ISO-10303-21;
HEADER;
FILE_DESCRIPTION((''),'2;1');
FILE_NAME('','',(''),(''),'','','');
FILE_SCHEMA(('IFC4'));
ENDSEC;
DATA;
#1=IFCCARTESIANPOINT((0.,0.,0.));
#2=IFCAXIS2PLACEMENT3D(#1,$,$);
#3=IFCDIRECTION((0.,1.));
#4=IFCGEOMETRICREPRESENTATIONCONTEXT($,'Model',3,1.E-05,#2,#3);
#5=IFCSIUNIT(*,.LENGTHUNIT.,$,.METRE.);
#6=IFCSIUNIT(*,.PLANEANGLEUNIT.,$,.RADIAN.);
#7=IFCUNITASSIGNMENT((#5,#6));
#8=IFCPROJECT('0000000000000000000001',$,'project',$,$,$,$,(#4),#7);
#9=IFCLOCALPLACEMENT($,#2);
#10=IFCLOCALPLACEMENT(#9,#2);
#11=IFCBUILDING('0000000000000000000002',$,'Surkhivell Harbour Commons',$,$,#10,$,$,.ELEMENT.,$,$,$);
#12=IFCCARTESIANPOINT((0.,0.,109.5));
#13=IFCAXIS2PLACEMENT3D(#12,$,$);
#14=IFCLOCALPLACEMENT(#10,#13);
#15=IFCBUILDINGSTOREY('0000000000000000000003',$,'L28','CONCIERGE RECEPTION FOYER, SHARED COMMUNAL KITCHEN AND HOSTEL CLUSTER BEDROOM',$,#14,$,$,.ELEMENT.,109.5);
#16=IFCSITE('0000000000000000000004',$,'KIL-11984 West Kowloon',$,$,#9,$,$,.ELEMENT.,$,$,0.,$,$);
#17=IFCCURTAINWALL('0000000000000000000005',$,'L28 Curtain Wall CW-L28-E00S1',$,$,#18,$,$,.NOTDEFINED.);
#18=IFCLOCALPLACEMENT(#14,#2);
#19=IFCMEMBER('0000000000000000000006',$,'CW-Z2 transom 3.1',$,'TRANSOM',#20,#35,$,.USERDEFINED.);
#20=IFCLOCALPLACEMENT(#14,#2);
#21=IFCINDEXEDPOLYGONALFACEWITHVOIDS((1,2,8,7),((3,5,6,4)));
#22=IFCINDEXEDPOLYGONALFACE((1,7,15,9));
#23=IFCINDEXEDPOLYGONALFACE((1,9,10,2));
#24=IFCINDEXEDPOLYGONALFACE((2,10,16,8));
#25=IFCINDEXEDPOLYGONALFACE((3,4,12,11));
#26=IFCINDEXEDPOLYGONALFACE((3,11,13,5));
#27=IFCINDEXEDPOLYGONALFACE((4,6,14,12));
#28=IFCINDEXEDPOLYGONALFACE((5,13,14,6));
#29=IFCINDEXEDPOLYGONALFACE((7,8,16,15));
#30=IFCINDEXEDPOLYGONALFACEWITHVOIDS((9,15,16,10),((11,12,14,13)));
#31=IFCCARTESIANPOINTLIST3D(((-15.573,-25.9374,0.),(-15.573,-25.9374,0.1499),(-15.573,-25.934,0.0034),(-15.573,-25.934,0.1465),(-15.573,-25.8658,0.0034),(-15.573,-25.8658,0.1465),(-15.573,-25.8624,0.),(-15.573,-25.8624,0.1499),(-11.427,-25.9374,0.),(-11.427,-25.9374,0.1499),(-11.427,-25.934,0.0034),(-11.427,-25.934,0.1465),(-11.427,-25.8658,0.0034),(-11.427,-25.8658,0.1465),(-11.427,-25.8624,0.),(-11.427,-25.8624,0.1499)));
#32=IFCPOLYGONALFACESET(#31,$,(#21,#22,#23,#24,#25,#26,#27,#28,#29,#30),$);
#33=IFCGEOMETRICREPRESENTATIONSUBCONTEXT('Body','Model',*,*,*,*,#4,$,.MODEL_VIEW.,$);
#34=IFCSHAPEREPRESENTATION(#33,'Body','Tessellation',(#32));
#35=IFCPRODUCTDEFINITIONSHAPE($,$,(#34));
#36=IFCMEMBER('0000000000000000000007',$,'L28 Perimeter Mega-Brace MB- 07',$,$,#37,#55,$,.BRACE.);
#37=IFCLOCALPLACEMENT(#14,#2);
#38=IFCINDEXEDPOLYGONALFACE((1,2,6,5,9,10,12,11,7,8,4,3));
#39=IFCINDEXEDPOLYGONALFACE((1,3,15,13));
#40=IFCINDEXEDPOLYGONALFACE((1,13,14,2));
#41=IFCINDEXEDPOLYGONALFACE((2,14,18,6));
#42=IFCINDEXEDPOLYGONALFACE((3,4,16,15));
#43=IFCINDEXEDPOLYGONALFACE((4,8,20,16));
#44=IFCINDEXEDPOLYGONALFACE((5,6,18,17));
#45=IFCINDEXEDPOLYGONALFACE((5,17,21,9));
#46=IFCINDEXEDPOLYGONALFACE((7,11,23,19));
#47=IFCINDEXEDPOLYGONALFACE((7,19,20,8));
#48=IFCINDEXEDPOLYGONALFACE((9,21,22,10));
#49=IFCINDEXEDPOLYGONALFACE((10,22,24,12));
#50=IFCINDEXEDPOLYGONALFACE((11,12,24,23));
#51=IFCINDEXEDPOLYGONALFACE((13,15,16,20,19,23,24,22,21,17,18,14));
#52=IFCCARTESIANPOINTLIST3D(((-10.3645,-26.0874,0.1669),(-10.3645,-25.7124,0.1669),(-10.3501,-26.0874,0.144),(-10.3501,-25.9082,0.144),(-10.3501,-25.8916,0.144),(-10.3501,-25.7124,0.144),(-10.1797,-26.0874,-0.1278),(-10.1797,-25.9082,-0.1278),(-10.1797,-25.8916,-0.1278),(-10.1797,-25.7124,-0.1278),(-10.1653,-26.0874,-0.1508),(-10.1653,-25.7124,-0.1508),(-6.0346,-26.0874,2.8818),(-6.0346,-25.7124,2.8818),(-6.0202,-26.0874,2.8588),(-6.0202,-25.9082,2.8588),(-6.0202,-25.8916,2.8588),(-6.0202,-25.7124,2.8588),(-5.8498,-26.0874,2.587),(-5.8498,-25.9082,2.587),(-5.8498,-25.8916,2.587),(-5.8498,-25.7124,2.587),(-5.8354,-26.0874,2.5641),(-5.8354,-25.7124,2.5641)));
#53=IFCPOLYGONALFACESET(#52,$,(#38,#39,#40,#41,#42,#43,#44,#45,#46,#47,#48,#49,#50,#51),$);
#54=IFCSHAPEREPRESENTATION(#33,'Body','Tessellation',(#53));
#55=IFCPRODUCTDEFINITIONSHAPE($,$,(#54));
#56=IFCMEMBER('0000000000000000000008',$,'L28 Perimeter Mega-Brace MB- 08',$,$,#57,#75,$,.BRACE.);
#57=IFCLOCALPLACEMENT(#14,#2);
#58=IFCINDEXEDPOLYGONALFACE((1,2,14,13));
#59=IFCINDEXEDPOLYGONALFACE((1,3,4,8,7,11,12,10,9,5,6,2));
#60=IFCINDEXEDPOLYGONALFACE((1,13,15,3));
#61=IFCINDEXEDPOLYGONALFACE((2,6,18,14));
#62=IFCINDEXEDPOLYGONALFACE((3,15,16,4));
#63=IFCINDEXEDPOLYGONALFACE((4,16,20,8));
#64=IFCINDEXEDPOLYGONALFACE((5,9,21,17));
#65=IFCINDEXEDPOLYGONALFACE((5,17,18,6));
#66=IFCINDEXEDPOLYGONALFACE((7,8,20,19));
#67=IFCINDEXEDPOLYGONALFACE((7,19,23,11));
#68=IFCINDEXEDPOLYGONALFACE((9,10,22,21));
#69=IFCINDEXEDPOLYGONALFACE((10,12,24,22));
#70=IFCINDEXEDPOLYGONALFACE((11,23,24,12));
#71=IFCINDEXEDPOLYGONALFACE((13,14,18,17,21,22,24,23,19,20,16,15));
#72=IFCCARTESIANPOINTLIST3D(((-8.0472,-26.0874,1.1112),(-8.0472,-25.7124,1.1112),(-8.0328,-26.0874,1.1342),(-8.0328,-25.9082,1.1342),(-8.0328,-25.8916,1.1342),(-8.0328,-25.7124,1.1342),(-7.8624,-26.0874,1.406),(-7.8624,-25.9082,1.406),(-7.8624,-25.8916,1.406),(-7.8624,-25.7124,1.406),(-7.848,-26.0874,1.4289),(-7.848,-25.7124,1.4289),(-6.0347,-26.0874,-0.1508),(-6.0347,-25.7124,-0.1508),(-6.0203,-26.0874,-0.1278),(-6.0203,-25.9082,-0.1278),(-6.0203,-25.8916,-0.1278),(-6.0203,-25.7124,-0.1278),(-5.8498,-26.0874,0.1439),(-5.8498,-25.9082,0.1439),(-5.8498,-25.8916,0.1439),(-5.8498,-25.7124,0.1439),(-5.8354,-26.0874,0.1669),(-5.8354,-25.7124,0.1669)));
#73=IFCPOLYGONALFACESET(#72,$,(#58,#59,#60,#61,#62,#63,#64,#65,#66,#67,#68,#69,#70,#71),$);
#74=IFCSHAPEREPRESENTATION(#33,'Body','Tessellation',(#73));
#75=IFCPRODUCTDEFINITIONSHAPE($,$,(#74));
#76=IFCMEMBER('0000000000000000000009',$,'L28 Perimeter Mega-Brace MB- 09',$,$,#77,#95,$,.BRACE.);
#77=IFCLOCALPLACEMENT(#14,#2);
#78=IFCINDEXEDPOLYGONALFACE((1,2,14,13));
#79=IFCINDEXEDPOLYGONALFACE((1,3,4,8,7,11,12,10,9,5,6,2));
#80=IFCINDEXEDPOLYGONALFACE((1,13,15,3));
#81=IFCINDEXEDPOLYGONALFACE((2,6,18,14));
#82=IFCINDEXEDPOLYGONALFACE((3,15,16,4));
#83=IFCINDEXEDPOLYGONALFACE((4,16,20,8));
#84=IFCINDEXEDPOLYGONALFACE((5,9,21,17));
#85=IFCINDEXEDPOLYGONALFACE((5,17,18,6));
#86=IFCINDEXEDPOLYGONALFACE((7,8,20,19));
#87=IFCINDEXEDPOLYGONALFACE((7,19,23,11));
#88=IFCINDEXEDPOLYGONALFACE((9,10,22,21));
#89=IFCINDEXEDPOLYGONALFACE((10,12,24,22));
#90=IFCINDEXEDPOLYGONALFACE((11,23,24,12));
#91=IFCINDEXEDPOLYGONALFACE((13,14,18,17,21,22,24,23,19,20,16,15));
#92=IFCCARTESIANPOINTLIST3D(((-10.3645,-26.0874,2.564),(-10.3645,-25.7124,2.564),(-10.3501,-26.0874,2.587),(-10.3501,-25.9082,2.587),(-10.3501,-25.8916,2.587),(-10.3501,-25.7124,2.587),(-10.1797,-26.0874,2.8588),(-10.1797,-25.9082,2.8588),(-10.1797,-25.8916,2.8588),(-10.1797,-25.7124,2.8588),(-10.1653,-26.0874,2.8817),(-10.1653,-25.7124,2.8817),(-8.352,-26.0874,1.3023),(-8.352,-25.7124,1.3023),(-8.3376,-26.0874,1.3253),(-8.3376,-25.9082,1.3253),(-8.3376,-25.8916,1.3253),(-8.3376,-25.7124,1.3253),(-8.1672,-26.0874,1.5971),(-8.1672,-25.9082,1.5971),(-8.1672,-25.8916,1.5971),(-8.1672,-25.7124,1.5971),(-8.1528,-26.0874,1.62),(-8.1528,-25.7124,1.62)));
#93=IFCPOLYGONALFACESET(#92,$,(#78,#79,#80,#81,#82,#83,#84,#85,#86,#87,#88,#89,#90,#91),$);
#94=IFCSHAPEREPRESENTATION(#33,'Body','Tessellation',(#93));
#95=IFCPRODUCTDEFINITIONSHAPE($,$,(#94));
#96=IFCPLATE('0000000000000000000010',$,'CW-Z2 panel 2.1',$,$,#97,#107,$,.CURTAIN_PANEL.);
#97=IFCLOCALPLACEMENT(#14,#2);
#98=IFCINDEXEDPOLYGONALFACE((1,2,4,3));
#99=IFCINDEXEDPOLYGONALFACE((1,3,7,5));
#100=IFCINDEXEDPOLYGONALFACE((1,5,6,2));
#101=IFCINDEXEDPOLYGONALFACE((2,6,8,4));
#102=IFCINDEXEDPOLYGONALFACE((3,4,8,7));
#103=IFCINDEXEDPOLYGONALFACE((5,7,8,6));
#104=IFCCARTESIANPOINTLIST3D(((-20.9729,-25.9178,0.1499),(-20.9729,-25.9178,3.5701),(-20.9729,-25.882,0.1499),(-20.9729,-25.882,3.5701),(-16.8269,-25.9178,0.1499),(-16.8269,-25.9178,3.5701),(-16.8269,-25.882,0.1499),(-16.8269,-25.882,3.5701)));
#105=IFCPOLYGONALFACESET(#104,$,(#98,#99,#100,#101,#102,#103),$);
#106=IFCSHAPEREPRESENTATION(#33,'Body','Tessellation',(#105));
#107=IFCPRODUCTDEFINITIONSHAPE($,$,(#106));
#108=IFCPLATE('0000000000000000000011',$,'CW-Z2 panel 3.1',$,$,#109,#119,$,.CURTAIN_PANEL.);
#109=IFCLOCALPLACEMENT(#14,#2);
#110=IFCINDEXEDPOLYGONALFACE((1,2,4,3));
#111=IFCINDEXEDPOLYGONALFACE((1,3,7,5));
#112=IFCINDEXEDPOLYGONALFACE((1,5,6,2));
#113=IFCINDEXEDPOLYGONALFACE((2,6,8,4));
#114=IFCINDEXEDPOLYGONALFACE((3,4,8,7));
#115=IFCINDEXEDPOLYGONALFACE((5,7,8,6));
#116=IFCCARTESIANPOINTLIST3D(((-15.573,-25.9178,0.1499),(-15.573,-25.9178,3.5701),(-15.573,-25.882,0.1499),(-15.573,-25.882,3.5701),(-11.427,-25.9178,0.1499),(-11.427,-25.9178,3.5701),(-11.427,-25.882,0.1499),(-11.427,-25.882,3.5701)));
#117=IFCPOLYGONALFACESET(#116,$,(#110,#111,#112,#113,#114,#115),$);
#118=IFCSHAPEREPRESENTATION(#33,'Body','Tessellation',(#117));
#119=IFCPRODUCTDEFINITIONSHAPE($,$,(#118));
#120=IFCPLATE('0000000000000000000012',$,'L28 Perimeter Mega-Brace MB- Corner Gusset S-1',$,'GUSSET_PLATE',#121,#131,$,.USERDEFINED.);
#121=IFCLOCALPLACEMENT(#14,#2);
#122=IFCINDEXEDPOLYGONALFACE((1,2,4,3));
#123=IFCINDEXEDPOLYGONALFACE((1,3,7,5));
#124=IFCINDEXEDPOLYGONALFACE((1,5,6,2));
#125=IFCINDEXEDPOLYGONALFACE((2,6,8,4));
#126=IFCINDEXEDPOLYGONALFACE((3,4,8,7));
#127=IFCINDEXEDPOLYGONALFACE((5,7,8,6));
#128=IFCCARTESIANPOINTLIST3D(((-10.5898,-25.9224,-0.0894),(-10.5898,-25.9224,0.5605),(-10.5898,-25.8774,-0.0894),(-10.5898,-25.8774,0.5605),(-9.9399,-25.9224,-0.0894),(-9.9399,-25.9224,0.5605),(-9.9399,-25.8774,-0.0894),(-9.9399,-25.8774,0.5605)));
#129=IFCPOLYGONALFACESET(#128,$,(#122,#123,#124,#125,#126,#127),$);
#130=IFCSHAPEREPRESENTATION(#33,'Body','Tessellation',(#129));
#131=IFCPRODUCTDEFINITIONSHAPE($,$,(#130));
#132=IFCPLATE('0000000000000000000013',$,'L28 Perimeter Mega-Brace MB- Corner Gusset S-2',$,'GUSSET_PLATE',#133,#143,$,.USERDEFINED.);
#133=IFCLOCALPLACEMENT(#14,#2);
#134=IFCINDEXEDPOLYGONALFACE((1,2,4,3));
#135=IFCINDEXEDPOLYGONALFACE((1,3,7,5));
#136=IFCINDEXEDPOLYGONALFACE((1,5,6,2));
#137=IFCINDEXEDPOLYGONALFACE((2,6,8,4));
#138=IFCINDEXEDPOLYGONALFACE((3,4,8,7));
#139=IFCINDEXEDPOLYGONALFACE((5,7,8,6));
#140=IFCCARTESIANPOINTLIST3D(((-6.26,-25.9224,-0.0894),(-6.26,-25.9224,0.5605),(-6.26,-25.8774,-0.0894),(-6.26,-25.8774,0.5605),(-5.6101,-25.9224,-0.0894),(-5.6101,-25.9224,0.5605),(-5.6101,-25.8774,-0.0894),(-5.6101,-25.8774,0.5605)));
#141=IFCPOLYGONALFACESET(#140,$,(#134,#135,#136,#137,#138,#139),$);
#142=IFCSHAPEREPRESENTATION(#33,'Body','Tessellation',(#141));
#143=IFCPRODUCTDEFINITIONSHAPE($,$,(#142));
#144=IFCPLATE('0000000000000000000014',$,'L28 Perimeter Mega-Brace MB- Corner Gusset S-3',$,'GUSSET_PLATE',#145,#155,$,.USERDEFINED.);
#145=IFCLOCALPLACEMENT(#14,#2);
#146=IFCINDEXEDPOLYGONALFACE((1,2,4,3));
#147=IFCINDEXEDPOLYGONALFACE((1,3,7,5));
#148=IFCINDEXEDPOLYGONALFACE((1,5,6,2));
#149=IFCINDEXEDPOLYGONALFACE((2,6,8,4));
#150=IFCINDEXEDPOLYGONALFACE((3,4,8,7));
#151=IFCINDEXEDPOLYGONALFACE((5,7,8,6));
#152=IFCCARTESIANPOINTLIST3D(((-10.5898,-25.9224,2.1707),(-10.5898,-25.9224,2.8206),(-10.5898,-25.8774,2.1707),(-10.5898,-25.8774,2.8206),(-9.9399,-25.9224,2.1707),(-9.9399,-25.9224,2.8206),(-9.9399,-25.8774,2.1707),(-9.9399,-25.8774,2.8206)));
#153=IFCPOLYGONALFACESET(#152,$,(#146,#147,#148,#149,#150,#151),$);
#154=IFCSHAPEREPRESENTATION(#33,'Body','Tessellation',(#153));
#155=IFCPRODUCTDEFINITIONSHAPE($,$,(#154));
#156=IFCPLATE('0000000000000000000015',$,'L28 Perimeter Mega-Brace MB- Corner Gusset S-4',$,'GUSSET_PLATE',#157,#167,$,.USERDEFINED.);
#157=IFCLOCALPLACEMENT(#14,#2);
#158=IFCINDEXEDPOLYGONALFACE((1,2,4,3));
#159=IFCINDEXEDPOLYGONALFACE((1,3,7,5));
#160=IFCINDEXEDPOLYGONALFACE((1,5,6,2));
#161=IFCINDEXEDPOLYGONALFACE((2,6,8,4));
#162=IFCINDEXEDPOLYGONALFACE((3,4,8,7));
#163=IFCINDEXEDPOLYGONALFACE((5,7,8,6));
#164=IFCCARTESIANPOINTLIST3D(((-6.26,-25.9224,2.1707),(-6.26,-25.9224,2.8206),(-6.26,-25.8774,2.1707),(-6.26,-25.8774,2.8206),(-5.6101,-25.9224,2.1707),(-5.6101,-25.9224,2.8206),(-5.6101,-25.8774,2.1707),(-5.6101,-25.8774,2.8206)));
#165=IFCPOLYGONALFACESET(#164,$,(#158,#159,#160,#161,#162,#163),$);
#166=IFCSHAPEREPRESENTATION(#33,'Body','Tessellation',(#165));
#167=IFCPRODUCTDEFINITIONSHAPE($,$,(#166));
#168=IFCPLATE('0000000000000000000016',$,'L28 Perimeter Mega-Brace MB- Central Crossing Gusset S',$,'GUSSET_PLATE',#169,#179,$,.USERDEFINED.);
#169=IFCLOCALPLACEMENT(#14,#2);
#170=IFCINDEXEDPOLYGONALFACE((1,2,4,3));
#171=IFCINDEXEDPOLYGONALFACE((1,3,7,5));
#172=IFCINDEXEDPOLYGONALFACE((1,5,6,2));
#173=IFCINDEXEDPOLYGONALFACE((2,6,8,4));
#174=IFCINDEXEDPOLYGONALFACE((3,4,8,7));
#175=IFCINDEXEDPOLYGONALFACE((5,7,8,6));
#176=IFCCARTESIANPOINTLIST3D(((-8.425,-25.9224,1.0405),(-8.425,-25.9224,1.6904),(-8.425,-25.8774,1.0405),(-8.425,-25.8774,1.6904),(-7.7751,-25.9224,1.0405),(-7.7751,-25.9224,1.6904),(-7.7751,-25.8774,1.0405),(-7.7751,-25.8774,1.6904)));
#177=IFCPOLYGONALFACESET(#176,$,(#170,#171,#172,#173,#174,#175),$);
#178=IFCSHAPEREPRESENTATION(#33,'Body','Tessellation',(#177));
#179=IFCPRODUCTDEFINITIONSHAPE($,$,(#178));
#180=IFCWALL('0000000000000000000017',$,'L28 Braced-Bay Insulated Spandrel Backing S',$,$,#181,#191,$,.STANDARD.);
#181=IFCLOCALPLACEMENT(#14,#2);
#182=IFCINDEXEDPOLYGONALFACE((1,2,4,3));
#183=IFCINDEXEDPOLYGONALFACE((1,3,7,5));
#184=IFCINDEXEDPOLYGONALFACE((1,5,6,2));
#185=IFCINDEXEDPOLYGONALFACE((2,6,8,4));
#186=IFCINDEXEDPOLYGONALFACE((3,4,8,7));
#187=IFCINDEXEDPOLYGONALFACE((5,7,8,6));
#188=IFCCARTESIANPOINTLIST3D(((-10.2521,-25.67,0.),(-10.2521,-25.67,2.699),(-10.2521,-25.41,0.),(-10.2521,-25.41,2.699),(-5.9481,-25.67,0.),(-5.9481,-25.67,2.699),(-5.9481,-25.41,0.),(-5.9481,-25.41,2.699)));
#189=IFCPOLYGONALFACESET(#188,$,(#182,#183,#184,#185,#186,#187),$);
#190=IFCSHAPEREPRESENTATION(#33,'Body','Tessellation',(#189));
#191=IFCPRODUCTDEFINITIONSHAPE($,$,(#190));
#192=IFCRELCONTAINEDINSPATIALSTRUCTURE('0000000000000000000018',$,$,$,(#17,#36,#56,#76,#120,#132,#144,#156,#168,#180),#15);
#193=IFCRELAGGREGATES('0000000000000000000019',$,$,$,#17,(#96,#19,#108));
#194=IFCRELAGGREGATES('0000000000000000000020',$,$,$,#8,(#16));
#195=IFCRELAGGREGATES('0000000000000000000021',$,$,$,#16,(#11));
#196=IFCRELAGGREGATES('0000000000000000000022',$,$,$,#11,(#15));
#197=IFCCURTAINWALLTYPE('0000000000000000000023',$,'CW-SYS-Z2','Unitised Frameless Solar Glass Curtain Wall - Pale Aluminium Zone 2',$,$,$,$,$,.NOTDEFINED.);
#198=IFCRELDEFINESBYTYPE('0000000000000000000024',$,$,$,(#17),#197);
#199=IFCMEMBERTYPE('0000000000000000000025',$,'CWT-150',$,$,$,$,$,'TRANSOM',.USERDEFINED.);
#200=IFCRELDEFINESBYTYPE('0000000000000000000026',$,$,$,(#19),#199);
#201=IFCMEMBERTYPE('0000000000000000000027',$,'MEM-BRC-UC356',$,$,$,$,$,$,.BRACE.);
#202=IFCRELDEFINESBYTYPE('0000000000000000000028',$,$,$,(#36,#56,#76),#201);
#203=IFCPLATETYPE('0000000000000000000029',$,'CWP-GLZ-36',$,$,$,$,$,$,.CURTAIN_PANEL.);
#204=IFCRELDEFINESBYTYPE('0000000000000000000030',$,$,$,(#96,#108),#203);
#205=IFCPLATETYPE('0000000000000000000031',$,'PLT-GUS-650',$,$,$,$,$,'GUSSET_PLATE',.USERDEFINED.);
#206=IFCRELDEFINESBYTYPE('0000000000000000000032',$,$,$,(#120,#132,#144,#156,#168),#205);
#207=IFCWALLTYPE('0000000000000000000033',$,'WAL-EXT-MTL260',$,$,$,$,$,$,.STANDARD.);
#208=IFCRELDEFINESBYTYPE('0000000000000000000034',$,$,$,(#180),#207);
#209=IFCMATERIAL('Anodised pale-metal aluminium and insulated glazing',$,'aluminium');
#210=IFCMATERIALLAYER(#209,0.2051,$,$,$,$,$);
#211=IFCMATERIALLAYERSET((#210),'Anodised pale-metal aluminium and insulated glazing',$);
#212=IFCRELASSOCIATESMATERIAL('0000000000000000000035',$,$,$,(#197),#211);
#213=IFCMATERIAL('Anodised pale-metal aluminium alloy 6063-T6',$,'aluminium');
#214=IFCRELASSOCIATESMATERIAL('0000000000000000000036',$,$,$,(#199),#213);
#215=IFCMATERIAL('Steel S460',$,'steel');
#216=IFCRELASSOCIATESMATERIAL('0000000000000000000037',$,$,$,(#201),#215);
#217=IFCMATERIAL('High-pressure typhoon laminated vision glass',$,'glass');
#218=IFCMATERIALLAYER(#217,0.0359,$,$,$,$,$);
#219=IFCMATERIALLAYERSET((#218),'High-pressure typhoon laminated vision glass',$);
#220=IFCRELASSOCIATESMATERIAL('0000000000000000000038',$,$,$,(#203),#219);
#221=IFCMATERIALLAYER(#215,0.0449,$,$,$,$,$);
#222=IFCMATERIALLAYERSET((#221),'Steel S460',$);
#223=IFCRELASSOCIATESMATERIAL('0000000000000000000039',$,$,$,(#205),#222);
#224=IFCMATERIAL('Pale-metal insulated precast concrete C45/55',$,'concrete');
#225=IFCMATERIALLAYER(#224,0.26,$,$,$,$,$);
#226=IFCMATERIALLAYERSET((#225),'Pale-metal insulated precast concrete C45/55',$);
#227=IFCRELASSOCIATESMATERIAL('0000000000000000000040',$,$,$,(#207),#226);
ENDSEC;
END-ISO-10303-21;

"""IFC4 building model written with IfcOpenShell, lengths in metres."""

from ifc_helpers import new_model, si_unit, direction, frame, frame_2d, origin, origin_2d, place, context, subcontext, project, spatial, rectangle, hollow_rectangle, i_section, extrude, material, layer, layer_set, material_profile, profile_set, type_object, element, aggregate, save


model = new_model("IFC4")

# Units and contexts
model_context = context("Model", 3, precision=1e-05, world=origin(), true_north=direction((0.0, 1.0)))
body_context = subcontext(model_context, "Body", "Model", "MODEL_VIEW")
ifc_project = project(units=[si_unit("LENGTHUNIT", "METRE"), si_unit("PLANEANGLEUNIT", "RADIAN")], contexts=[model_context])

# Site, building, storey
site_placement = place(None, origin())
site = spatial("IfcSite", under=ifc_project, at=site_placement, Name="KIL-11984 West Kowloon", CompositionType="ELEMENT", RefElevation=0.0)
building_placement = place(site_placement, origin())
building = spatial("IfcBuilding", under=site, at=building_placement, Name="Surkhivell Harbour Commons", CompositionType="ELEMENT")
storey_placement = place(building_placement, frame((0.0, 0.0, 109.5)))
storey = spatial("IfcBuildingStorey", under=building, at=storey_placement, Name="L28", Description="CONCIERGE RECEPTION FOYER, SHARED COMMUNAL KITCHEN AND HOSTEL CLUSTER BEDROOM", CompositionType="ELEMENT", Elevation=109.5)

# Shared definitions
ifc_material_1 = material(Name="Steel S460", Category="steel")

# Curtain wall, member
ifc_material_2 = material(Name="Anodised pale-metal aluminium and insulated glazing", Category="aluminium")
ifc_layer_1 = layer(ifc_material_2, 0.2051)
ifc_layer_set_1 = layer_set([ifc_layer_1], Name="Anodised pale-metal aluminium and insulated glazing")
curtain_wall_type = type_object("IfcCurtainWallType", Name="CW-SYS-Z2", Description="Unitised Frameless Solar Glass Curtain Wall - Pale Aluminium Zone 2", PredefinedType="NOTDEFINED", material=ifc_layer_set_1)
curtain_wall_placement = place(storey_placement, origin())
curtain_wall = element("IfcCurtainWall", 1, at=curtain_wall_placement, inside=storey, type_object=curtain_wall_type, Name="L28 Curtain Wall CW-L28-E00S1", PredefinedType="NOTDEFINED")
ifc_material_3 = material(Name="Anodised pale-metal aluminium alloy 6063-T6", Category="aluminium")
ifc_material_profile_1 = material_profile(ifc_material_3, hollow_rectangle(XDim=0.075, YDim=0.1499, WallThickness=0.0034, at=origin_2d()), Name="ALU-TRAN-75x150")
ifc_profile_set_1 = profile_set([ifc_material_profile_1], Name="Anodised pale-metal aluminium alloy 6063-T6")
member_type_1 = type_object("IfcMemberType", Name="CWT-150", ElementType="TRANSOM", PredefinedType="USERDEFINED", material=ifc_profile_set_1)
member_1_placement = place(storey_placement, frame((-15.573, -25.8999, 0.075), z_axis=(1.0, 0.0, 0.0), x_axis=(0.0, 1.0, 0.0)))
member_1 = element("IfcMember", 2, at=member_1_placement, type_object=member_type_1, Name="CW-Z2 transom 3.1", ObjectType="TRANSOM", PredefinedType="USERDEFINED", context=body_context, shape_type="SweptSolid", body=[
    extrude(hollow_rectangle(XDim=0.075, YDim=0.1499, WallThickness=0.0034, at=origin_2d()), origin(), (0.0, 0.0, 1.0), 4.146),
])

# Members
ifc_material_profile_2 = material_profile(ifc_material_1, i_section(OverallWidth=0.375, OverallDepth=0.375, WebThickness=0.0166, FlangeThickness=0.0271, at=origin_2d()), Name="UC356x368x202")
ifc_profile_set_2 = profile_set([ifc_material_profile_2], Name="Steel S460")
member_type_2 = type_object("IfcMemberType", Name="MEM-BRC-UC356", PredefinedType="BRACE", material=ifc_profile_set_2)
member_2_placement = place(storey_placement, frame((-10.2649, -25.8999, 0.0081), z_axis=(0.847233, 0.0, 0.531222), x_axis=(0.0, 1.0, 0.0)))
element("IfcMember", 3, at=member_2_placement, inside=storey, type_object=member_type_2, Name="L28 Perimeter Mega-Brace MB- 07", PredefinedType="BRACE", context=body_context, shape_type="SweptSolid", body=[
    extrude(i_section(OverallWidth=0.375, OverallDepth=0.375, WebThickness=0.0166, FlangeThickness=0.0271, at=origin_2d()), origin(), (0.0, 0.0, 1.0), 5.1106),
])
member_3_placement = place(storey_placement, frame((-5.9351, -25.8999, 0.0081), z_axis=(-0.847206, 0.0, 0.531264), x_axis=(0.0, -1.0, 0.0)))
element("IfcMember", 4, at=member_3_placement, inside=storey, type_object=member_type_2, Name="L28 Perimeter Mega-Brace MB- 08", PredefinedType="BRACE", context=body_context, shape_type="SweptSolid", body=[
    extrude(i_section(OverallWidth=0.375, OverallDepth=0.375, WebThickness=0.0166, FlangeThickness=0.0271, at=origin_2d()), origin(), (0.0, 0.0, 1.0), 2.3755),
])
member_4_placement = place(storey_placement, frame((-8.2524, -25.8999, 1.4612), z_axis=(-0.847253, 0.0, 0.53119), x_axis=(0.0, -1.0, 0.0)))
element("IfcMember", 5, at=member_4_placement, inside=storey, type_object=member_type_2, Name="L28 Perimeter Mega-Brace MB- 09", PredefinedType="BRACE", context=body_context, shape_type="SweptSolid", body=[
    extrude(i_section(OverallWidth=0.375, OverallDepth=0.375, WebThickness=0.0166, FlangeThickness=0.0271, at=origin_2d()), origin(), (0.0, 0.0, 1.0), 2.3752),
])

# Plates
ifc_material_4 = material(Name="High-pressure typhoon laminated vision glass", Category="glass")
ifc_layer_2 = layer(ifc_material_4, 0.0359)
ifc_layer_set_2 = layer_set([ifc_layer_2], Name="High-pressure typhoon laminated vision glass")
plate_type_1 = type_object("IfcPlateType", Name="CWP-GLZ-36", PredefinedType="CURTAIN_PANEL", material=ifc_layer_set_2)
plate_1_placement = place(storey_placement, frame((-20.9729, -25.8999, 0.1499), z_axis=(0.0, 0.0, 1.0), x_axis=(1.0, 0.0, 0.0)))
plate_1 = element("IfcPlate", 6, at=plate_1_placement, type_object=plate_type_1, Name="CW-Z2 panel 2.1", PredefinedType="CURTAIN_PANEL", context=body_context, shape_type="SweptSolid", body=[
    extrude(rectangle(XDim=4.146, YDim=0.0359, at=frame_2d((2.073, 0.0))), origin(), (0.0, 0.0, 1.0), 3.4202),
])
plate_2_placement = place(storey_placement, frame((-15.573, -25.8999, 0.1499), z_axis=(0.0, 0.0, 1.0), x_axis=(1.0, 0.0, 0.0)))
plate_2 = element("IfcPlate", 7, at=plate_2_placement, type_object=plate_type_1, Name="CW-Z2 panel 3.1", PredefinedType="CURTAIN_PANEL", context=body_context, shape_type="SweptSolid", body=[
    extrude(rectangle(XDim=4.146, YDim=0.0359, at=frame_2d((2.073, 0.0))), origin(), (0.0, 0.0, 1.0), 3.4202),
])
aggregate(curtain_wall, [plate_1, member_1, plate_2])

# Plates
ifc_layer_3 = layer(ifc_material_1, 0.0449)
ifc_layer_set_3 = layer_set([ifc_layer_3], Name="Steel S460")
plate_type_2 = type_object("IfcPlateType", Name="PLT-GUS-650", ElementType="GUSSET_PLATE", PredefinedType="USERDEFINED", material=ifc_layer_set_3)
for number, where, z_axis, x_axis, name in (
    (8, (-10.2649, -25.8999, -0.0894), (0.0, 0.0, 1.0), (1.0, 0.0, 0.0), "L28 Perimeter Mega-Brace MB- Corner Gusset S-1"),
    (9, (-5.9351, -25.8999, -0.0894), (0.0, 0.0, 1.0), (1.0, 0.0, 0.0), "L28 Perimeter Mega-Brace MB- Corner Gusset S-2"),
    (10, (-10.2649, -25.8999, 2.1707), (0.0, 0.0, 1.0), (1.0, 0.0, 0.0), "L28 Perimeter Mega-Brace MB- Corner Gusset S-3"),
    (11, (-5.9351, -25.8999, 2.1707), (0.0, 0.0, 1.0), (1.0, 0.0, 0.0), "L28 Perimeter Mega-Brace MB- Corner Gusset S-4"),
    (12, (-8.1001, -25.8999, 1.0405), (0.0, 0.0, 1.0), (1.0, 0.0, 0.0), "L28 Perimeter Mega-Brace MB- Central Crossing Gusset S"),
):
    element("IfcPlate", number, at=place(storey_placement, frame(where, z_axis=z_axis, x_axis=x_axis)), inside=storey, type_object=plate_type_2, Name=name, ObjectType="GUSSET_PLATE", PredefinedType="USERDEFINED", context=body_context, shape_type="SweptSolid", body=[
        extrude(rectangle(XDim=0.6499, YDim=0.0449, at=origin_2d()), origin(), (0.0, 0.0, 1.0), 0.6499),
    ])

# Wall
ifc_material_5 = material(Name="Pale-metal insulated precast concrete C45/55", Category="concrete")
ifc_layer_4 = layer(ifc_material_5, 0.26)
ifc_layer_set_4 = layer_set([ifc_layer_4], Name="Pale-metal insulated precast concrete C45/55")
wall_type_1 = type_object("IfcWallType", Name="WAL-EXT-MTL260", PredefinedType="STANDARD", material=ifc_layer_set_4)
wall_1_placement = place(storey_placement, frame((-10.252, -25.54, 0.0), z_axis=(0.0, 0.0, 1.0), x_axis=(1.0, 0.0, 0.0)))
element("IfcWall", 13, at=wall_1_placement, inside=storey, type_object=wall_type_1, Name="L28 Braced-Bay Insulated Spandrel Backing S", PredefinedType="STANDARD", context=body_context, shape_type="SweptSolid", body=[
    extrude(rectangle(XDim=4.304, YDim=0.26, at=frame_2d((2.1519, 0.0))), origin(), (0.0, 0.0, 1.0), 2.699),
])

save(model, "model.ifc")
